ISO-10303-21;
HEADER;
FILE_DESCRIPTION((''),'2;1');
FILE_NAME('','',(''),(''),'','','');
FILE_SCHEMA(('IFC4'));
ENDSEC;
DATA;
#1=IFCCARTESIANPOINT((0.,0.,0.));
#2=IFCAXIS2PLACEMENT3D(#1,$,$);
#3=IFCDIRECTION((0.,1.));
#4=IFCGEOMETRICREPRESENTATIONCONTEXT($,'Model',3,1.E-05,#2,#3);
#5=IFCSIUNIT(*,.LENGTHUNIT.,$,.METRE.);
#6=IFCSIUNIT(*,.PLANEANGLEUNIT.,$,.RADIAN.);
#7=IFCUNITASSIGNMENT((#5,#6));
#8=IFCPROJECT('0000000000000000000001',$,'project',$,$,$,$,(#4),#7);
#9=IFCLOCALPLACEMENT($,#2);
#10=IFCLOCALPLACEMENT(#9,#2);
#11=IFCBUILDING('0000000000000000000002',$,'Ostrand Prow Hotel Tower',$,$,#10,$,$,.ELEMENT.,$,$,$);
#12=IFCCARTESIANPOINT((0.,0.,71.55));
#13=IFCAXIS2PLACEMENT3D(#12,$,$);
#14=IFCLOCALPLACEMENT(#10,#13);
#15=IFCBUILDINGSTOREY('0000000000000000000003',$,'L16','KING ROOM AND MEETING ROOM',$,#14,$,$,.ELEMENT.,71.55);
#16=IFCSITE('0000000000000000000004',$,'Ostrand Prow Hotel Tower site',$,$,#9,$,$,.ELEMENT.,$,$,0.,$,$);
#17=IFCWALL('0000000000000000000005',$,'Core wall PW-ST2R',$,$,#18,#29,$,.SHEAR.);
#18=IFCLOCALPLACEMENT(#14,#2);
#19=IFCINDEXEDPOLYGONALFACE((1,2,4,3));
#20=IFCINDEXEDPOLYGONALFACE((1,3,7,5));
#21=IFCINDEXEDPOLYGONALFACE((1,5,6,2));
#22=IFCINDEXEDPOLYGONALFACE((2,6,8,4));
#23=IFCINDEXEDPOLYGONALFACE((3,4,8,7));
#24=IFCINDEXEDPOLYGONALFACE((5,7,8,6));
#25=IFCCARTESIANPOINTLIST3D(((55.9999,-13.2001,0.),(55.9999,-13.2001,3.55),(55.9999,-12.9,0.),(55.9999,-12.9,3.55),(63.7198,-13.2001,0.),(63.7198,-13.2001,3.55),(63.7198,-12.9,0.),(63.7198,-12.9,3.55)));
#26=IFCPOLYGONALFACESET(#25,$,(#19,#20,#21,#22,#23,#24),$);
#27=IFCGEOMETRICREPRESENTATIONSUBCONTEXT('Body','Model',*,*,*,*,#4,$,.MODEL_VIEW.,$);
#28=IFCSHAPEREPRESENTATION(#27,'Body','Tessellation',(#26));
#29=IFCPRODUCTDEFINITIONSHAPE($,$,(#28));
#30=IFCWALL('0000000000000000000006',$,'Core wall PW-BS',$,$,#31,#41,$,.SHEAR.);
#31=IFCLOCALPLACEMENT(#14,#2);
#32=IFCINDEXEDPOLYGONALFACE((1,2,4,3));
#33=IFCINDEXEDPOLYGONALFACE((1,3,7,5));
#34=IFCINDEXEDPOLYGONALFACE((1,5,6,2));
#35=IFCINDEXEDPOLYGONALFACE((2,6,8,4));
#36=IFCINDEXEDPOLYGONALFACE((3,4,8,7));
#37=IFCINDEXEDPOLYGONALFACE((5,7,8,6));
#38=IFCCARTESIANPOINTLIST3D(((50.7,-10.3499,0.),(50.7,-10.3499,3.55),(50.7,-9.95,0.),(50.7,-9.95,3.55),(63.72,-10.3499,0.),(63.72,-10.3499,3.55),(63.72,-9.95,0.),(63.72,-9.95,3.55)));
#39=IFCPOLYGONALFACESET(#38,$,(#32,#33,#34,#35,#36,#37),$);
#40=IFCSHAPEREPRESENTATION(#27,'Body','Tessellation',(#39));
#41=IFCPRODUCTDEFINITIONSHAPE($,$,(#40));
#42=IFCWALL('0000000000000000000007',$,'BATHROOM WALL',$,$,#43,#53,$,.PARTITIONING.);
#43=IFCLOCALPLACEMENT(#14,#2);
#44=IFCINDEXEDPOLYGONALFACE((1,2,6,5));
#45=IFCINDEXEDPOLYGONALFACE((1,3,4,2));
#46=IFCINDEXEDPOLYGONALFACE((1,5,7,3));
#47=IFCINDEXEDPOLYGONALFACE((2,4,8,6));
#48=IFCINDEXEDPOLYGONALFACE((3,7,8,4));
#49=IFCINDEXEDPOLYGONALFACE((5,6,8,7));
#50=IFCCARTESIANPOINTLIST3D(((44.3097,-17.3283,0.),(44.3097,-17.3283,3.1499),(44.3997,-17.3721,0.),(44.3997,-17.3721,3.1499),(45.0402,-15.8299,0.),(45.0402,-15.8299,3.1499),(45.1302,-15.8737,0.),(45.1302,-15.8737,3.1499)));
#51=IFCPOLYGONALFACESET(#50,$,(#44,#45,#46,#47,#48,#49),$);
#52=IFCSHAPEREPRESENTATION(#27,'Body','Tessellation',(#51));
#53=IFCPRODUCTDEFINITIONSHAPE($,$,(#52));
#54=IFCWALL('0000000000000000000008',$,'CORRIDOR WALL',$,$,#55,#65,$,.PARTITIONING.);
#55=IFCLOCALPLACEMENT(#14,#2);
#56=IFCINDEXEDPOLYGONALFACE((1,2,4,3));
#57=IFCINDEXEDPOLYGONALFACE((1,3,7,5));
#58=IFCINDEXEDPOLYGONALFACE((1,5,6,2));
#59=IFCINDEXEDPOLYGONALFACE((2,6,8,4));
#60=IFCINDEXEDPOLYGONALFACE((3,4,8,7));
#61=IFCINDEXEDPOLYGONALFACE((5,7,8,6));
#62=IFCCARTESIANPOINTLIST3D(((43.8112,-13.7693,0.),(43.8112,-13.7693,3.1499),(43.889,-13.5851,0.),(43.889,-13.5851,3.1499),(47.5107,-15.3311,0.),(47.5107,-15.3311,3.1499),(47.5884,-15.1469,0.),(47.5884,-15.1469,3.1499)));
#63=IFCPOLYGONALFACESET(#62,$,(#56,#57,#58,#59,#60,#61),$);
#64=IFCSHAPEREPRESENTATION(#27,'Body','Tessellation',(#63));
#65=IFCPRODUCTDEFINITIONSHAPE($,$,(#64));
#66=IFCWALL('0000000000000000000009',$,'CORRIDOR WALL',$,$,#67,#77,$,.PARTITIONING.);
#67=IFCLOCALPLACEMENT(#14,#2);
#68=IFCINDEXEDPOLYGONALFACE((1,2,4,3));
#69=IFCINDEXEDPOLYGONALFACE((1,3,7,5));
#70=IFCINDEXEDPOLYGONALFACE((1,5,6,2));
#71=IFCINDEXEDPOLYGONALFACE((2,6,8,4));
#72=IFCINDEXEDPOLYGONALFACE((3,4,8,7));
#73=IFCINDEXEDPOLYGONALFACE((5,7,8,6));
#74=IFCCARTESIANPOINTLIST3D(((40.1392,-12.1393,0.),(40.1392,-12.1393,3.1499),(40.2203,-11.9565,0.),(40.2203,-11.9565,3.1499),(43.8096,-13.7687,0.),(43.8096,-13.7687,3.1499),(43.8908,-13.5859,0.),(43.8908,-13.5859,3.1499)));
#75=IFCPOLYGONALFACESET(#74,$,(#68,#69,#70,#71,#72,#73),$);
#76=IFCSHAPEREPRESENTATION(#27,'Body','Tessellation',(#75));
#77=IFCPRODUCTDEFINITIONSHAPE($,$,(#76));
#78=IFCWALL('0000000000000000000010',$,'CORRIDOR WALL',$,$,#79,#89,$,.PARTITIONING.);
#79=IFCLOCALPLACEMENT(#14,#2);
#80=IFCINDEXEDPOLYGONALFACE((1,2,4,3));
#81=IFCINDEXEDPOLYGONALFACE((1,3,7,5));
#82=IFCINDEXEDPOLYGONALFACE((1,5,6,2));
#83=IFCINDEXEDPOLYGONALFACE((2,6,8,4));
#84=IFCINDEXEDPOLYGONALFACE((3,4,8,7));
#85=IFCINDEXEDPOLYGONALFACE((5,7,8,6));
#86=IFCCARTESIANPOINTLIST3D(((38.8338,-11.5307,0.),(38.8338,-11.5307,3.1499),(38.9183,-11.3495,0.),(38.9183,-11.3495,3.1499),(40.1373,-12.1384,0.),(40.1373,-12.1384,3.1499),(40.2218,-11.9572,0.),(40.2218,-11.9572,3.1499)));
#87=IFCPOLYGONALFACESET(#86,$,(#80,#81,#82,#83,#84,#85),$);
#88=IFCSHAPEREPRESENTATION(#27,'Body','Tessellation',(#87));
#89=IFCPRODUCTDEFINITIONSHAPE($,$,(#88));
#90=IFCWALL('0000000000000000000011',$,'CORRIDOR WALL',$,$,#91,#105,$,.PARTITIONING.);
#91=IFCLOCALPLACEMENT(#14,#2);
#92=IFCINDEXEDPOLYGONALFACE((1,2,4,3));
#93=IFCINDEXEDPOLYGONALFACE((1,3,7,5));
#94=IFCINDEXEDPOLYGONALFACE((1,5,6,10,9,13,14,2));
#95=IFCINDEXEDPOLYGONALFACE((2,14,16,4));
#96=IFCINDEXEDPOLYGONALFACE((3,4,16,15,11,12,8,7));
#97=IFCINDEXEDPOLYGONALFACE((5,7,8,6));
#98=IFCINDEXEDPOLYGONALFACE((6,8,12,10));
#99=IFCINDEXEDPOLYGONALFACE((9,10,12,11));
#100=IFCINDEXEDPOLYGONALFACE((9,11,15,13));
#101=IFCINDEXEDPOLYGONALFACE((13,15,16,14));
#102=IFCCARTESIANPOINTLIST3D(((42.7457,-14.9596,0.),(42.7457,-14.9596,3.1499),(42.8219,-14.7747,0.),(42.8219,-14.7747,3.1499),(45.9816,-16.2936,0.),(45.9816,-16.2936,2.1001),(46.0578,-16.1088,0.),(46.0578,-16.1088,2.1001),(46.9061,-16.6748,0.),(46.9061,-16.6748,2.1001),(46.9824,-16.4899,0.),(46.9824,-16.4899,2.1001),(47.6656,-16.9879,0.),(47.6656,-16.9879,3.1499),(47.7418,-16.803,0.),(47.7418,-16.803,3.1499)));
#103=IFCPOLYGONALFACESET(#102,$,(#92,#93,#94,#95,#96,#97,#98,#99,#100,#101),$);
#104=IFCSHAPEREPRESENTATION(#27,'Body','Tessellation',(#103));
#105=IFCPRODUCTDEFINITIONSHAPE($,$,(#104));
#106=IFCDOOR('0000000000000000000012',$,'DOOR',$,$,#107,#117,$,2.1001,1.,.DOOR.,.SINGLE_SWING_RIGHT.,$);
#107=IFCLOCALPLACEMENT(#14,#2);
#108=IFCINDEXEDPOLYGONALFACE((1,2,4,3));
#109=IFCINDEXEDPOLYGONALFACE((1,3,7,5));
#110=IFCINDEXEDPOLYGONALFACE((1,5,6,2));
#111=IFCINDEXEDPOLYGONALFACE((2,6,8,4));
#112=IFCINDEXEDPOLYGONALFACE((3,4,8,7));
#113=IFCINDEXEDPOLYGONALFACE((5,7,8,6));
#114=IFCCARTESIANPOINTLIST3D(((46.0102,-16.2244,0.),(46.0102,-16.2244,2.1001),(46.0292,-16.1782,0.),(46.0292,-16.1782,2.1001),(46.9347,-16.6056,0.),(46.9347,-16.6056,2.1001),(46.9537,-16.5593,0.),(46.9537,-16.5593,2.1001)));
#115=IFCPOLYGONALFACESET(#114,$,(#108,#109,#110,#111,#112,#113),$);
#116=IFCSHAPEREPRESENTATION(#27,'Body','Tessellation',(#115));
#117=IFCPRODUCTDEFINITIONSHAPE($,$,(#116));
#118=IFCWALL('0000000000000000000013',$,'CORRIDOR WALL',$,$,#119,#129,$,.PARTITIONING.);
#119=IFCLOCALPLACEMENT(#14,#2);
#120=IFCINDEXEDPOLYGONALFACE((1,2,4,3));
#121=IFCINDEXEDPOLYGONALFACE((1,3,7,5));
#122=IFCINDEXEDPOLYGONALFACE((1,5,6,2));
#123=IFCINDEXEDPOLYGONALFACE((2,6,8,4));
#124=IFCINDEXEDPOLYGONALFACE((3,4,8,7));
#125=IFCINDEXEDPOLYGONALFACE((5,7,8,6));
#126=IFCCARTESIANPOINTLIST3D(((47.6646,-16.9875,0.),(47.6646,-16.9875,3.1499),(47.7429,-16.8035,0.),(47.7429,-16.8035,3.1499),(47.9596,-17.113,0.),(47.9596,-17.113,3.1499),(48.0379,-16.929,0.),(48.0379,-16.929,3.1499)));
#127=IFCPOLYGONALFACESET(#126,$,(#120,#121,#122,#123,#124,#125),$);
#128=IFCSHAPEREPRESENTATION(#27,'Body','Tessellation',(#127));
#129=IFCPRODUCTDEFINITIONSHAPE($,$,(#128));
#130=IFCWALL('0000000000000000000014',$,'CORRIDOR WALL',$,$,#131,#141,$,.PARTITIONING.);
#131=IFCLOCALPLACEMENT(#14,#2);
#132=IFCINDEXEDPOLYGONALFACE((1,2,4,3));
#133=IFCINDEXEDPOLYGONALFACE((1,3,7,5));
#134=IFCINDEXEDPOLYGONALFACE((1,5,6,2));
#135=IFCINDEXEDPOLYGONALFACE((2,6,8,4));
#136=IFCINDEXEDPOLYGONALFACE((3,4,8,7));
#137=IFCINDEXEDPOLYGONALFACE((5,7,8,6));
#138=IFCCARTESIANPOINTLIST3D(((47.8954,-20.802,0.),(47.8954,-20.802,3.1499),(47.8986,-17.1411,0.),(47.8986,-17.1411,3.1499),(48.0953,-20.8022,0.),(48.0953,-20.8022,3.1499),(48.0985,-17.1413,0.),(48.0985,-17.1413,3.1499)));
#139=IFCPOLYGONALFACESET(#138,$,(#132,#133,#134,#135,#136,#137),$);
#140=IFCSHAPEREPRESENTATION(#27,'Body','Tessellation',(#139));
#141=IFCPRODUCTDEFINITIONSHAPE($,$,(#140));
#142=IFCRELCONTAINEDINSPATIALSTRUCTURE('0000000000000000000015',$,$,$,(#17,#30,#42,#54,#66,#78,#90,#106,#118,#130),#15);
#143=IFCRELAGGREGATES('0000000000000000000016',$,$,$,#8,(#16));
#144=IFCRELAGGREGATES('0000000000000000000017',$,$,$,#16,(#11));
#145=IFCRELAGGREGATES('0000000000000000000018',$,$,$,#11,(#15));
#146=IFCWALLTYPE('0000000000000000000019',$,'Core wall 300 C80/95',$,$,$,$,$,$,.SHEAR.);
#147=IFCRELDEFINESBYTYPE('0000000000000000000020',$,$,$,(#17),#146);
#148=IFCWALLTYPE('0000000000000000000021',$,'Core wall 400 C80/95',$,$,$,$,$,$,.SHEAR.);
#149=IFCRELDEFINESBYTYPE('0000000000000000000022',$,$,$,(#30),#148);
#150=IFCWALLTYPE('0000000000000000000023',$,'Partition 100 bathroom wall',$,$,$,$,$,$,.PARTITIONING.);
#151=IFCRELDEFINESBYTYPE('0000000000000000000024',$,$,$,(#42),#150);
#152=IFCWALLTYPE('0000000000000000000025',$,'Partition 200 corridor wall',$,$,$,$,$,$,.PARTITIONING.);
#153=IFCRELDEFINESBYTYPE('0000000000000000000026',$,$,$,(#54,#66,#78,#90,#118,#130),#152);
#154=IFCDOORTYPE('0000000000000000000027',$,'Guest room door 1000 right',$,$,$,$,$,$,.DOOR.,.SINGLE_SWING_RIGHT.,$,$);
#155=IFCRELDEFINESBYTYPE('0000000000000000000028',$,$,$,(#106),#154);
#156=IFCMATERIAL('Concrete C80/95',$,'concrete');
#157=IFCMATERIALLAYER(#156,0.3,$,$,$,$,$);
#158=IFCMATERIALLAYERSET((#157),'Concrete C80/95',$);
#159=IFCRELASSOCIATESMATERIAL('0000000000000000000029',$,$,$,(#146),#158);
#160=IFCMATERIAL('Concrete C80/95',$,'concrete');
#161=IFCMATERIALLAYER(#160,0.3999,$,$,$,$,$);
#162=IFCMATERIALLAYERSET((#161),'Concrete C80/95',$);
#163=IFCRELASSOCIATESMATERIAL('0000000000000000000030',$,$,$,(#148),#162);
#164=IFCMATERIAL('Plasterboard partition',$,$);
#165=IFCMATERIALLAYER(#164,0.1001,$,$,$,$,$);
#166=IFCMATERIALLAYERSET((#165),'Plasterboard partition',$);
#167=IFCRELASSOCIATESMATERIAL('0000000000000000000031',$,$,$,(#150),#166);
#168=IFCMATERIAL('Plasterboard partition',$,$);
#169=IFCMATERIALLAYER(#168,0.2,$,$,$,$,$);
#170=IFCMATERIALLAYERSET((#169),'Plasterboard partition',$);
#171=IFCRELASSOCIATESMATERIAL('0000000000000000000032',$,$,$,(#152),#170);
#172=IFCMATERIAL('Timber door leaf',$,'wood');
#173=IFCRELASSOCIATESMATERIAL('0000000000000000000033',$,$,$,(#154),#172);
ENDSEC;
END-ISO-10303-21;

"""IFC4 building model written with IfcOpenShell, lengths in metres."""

from ifc_helpers import new_model, si_unit, direction, frame, frame_2d, origin, place, context, subcontext, project, spatial, rectangle, extrude, material, layer, layer_set, type_object, element, fill, save


model = new_model("IFC4")

# Units and contexts
model_context = context("Model", 3, precision=1e-05, world=origin(), true_north=direction((0.0, 1.0)))
body_context = subcontext(model_context, "Body", "Model", "MODEL_VIEW")
ifc_project = project(units=[si_unit("LENGTHUNIT", "METRE"), si_unit("PLANEANGLEUNIT", "RADIAN")], contexts=[model_context])

# Site, building, storey
site_placement = place(None, origin())
site = spatial("IfcSite", under=ifc_project, at=site_placement, Name="Ostrand Prow Hotel Tower site", CompositionType="ELEMENT", RefElevation=0.0)
building_placement = place(site_placement, origin())
building = spatial("IfcBuilding", under=site, at=building_placement, Name="Ostrand Prow Hotel Tower", CompositionType="ELEMENT")
storey_placement = place(building_placement, frame((0.0, 0.0, 71.55)))
storey = spatial("IfcBuildingStorey", under=building, at=storey_placement, Name="L16", Description="KING ROOM AND MEETING ROOM", CompositionType="ELEMENT", Elevation=71.55)

# Shared definitions
ifc_material_1 = material(Name="Concrete C80/95", Category="concrete")
ifc_layer_1 = layer(ifc_material_1, 0.3)
ifc_layer_set_1 = layer_set([ifc_layer_1], Name="Concrete C80/95")
wall_type_1 = type_object("IfcWallType", Name="Core wall 300 C80/95", PredefinedType="SHEAR", material=ifc_layer_set_1)

# Walls
wall_1_placement = place(storey_placement, frame((56.0, -13.05, 0.0), z_axis=(0.0, 0.0, 1.0), x_axis=(1.0, 0.0, 0.0)))
element("IfcWall", 1, at=wall_1_placement, inside=storey, type_object=wall_type_1, Name="Core wall PW-ST2R", PredefinedType="SHEAR", context=body_context, shape_type="SweptSolid", body=[
    extrude(rectangle(XDim=7.72, YDim=0.3, at=frame_2d((3.8599, 0.0))), origin(), (0.0, 0.0, 1.0), 3.55),
])
ifc_material_2 = material(Name="Concrete C80/95", Category="concrete")
ifc_layer_2 = layer(ifc_material_2, 0.3999)
ifc_layer_set_2 = layer_set([ifc_layer_2], Name="Concrete C80/95")
wall_type_2 = type_object("IfcWallType", Name="Core wall 400 C80/95", PredefinedType="SHEAR", material=ifc_layer_set_2)
wall_2_placement = place(storey_placement, frame((50.7, -10.1499, 0.0), z_axis=(0.0, 0.0, 1.0), x_axis=(1.0, 0.0, 0.0)))
element("IfcWall", 2, at=wall_2_placement, inside=storey, type_object=wall_type_2, Name="Core wall PW-BS", PredefinedType="SHEAR", context=body_context, shape_type="SweptSolid", body=[
    extrude(rectangle(XDim=13.02, YDim=0.3999, at=frame_2d((6.51, 0.0))), origin(), (0.0, 0.0, 1.0), 3.55),
])
ifc_material_3 = material(Name="Plasterboard partition")
ifc_layer_3 = layer(ifc_material_3, 0.1001)
ifc_layer_set_3 = layer_set([ifc_layer_3], Name="Plasterboard partition")
wall_type_3 = type_object("IfcWallType", Name="Partition 100 bathroom wall", PredefinedType="PARTITIONING", material=ifc_layer_set_3)
wall_3_placement = place(storey_placement, frame((45.0852, -15.8518, 0.0), z_axis=(0.0, 0.0, 1.0), x_axis=(-0.438227, -0.898864, 0.0)))
element("IfcWall", 3, at=wall_3_placement, inside=storey, type_object=wall_type_3, Name="BATHROOM WALL", PredefinedType="PARTITIONING", context=body_context, shape_type="SweptSolid", body=[
    extrude(rectangle(XDim=1.667, YDim=0.1001, at=frame_2d((0.8335, 0.0))), origin(), (0.0, 0.0, 1.0), 3.1499),
])
ifc_material_4 = material(Name="Plasterboard partition")
ifc_layer_4 = layer(ifc_material_4, 0.2)
ifc_layer_set_4 = layer_set([ifc_layer_4], Name="Plasterboard partition")
wall_type_4 = type_object("IfcWallType", Name="Partition 200 corridor wall", PredefinedType="PARTITIONING", material=ifc_layer_set_4)
wall_4_placement = place(storey_placement, frame((47.5496, -15.239, 0.0), z_axis=(0.0, 0.0, 1.0), x_axis=(-0.92127, 0.388924, 0.0)))
element("IfcWall", 4, at=wall_4_placement, inside=storey, type_object=wall_type_4, Name="CORRIDOR WALL", PredefinedType="PARTITIONING", context=body_context, shape_type="SweptSolid", body=[
    extrude(rectangle(XDim=4.0156, YDim=0.2, at=frame_2d((2.0078, 0.0))), origin(), (0.0, 0.0, 1.0), 3.1499),
])
wall_5_placement = place(storey_placement, frame((43.8501, -13.6772, 0.0), z_axis=(0.0, 0.0, 1.0), x_axis=(-0.913987, 0.405744, 0.0)))
element("IfcWall", 5, at=wall_5_placement, inside=storey, type_object=wall_type_4, Name="CORRIDOR WALL", PredefinedType="PARTITIONING", context=body_context, shape_type="SweptSolid", body=[
    extrude(rectangle(XDim=4.0159, YDim=0.2, at=frame_2d((2.0078, 0.0))), origin(), (0.0, 0.0, 1.0), 3.1499),
])
wall_6_placement = place(storey_placement, frame((40.1797, -12.0479, 0.0), z_axis=(0.0, 0.0, 1.0), x_axis=(-0.906348, 0.422532, 0.0)))
element("IfcWall", 6, at=wall_6_placement, inside=storey, type_object=wall_type_4, Name="CORRIDOR WALL", PredefinedType="PARTITIONING", context=body_context, shape_type="SweptSolid", body=[
    extrude(rectangle(XDim=1.4382, YDim=0.2, at=frame_2d((0.7192, 0.0))), origin(), (0.0, 0.0, 1.0), 3.1499),
])

# Wall, opening, door
wall_7_placement = place(storey_placement, frame((42.7839, -14.8672, 0.0), z_axis=(0.0, 0.0, 1.0), x_axis=(0.924515, -0.381147, 0.0)))
wall_7 = element("IfcWall", 7, at=wall_7_placement, inside=storey, type_object=wall_type_4, Name="CORRIDOR WALL", PredefinedType="PARTITIONING", context=body_context, shape_type="SweptSolid", body=[
    extrude(rectangle(XDim=5.3215, YDim=0.2, at=frame_2d((2.6606, 0.0))), origin(), (0.0, 0.0, 1.0), 3.1499),
])
opening_1_placement = place(wall_7_placement, frame((3.5, 0.0, 0.0)))
opening_1 = element("IfcOpeningElement", 8, at=opening_1_placement, cuts=wall_7, PredefinedType="OPENING", context=body_context, shape_type="SweptSolid", body=[
    extrude(rectangle(XDim=1.0, YDim=2.1001, at=frame_2d((0.5, 1.05))), frame((0.0, 0.1099, 0.0), z_axis=(0.0, -1.0, 0.0), x_axis=(1.0, 0.0, 0.0)), (0.0, 0.0, 1.0), 0.22),
])
ifc_material_5 = material(Name="Timber door leaf", Category="wood")
door_type_1 = type_object("IfcDoorType", Name="Guest room door 1000 right", OperationType="SINGLE_SWING_RIGHT", PredefinedType="DOOR", material=ifc_material_5)
door_1_placement = place(opening_1_placement, origin())
door_1 = element("IfcDoor", 9, at=door_1_placement, inside=storey, type_object=door_type_1, Name="DOOR", OperationType="SINGLE_SWING_RIGHT", OverallHeight=2.1001, OverallWidth=1.0, PredefinedType="DOOR", context=body_context, shape_type="SweptSolid", body=[
    extrude(rectangle(XDim=1.0, YDim=2.1001, at=frame_2d((0.5, 1.05))), frame((0.0, 0.0249, 0.0), z_axis=(0.0, -1.0, 0.0), x_axis=(1.0, 0.0, 0.0)), (0.0, 0.0, 1.0), 0.05),
])
fill(opening_1, door_1)

# Walls
wall_8_placement = place(storey_placement, frame((47.7039, -16.8955, 0.0), z_axis=(0.0, 0.0, 1.0), x_axis=(0.920166, -0.391528, 0.0)))
element("IfcWall", 10, at=wall_8_placement, inside=storey, type_object=wall_type_4, Name="CORRIDOR WALL", PredefinedType="PARTITIONING", context=body_context, shape_type="SweptSolid", body=[
    extrude(rectangle(XDim=0.3206, YDim=0.2, at=frame_2d((0.1602, 0.0))), origin(), (0.0, 0.0, 1.0), 3.1499),
])
wall_9_placement = place(storey_placement, frame((47.9985, -17.1411, 0.0), z_axis=(0.0, 0.0, 1.0), x_axis=(-0.000867, -1.0, 0.0)))
element("IfcWall", 11, at=wall_9_placement, inside=storey, type_object=wall_type_4, Name="CORRIDOR WALL", PredefinedType="PARTITIONING", context=body_context, shape_type="SweptSolid", body=[
    extrude(rectangle(XDim=3.6609, YDim=0.2, at=frame_2d((1.8306, 0.0))), origin(), (0.0, 0.0, 1.0), 3.1499),
])

save(model, "model.ifc")
